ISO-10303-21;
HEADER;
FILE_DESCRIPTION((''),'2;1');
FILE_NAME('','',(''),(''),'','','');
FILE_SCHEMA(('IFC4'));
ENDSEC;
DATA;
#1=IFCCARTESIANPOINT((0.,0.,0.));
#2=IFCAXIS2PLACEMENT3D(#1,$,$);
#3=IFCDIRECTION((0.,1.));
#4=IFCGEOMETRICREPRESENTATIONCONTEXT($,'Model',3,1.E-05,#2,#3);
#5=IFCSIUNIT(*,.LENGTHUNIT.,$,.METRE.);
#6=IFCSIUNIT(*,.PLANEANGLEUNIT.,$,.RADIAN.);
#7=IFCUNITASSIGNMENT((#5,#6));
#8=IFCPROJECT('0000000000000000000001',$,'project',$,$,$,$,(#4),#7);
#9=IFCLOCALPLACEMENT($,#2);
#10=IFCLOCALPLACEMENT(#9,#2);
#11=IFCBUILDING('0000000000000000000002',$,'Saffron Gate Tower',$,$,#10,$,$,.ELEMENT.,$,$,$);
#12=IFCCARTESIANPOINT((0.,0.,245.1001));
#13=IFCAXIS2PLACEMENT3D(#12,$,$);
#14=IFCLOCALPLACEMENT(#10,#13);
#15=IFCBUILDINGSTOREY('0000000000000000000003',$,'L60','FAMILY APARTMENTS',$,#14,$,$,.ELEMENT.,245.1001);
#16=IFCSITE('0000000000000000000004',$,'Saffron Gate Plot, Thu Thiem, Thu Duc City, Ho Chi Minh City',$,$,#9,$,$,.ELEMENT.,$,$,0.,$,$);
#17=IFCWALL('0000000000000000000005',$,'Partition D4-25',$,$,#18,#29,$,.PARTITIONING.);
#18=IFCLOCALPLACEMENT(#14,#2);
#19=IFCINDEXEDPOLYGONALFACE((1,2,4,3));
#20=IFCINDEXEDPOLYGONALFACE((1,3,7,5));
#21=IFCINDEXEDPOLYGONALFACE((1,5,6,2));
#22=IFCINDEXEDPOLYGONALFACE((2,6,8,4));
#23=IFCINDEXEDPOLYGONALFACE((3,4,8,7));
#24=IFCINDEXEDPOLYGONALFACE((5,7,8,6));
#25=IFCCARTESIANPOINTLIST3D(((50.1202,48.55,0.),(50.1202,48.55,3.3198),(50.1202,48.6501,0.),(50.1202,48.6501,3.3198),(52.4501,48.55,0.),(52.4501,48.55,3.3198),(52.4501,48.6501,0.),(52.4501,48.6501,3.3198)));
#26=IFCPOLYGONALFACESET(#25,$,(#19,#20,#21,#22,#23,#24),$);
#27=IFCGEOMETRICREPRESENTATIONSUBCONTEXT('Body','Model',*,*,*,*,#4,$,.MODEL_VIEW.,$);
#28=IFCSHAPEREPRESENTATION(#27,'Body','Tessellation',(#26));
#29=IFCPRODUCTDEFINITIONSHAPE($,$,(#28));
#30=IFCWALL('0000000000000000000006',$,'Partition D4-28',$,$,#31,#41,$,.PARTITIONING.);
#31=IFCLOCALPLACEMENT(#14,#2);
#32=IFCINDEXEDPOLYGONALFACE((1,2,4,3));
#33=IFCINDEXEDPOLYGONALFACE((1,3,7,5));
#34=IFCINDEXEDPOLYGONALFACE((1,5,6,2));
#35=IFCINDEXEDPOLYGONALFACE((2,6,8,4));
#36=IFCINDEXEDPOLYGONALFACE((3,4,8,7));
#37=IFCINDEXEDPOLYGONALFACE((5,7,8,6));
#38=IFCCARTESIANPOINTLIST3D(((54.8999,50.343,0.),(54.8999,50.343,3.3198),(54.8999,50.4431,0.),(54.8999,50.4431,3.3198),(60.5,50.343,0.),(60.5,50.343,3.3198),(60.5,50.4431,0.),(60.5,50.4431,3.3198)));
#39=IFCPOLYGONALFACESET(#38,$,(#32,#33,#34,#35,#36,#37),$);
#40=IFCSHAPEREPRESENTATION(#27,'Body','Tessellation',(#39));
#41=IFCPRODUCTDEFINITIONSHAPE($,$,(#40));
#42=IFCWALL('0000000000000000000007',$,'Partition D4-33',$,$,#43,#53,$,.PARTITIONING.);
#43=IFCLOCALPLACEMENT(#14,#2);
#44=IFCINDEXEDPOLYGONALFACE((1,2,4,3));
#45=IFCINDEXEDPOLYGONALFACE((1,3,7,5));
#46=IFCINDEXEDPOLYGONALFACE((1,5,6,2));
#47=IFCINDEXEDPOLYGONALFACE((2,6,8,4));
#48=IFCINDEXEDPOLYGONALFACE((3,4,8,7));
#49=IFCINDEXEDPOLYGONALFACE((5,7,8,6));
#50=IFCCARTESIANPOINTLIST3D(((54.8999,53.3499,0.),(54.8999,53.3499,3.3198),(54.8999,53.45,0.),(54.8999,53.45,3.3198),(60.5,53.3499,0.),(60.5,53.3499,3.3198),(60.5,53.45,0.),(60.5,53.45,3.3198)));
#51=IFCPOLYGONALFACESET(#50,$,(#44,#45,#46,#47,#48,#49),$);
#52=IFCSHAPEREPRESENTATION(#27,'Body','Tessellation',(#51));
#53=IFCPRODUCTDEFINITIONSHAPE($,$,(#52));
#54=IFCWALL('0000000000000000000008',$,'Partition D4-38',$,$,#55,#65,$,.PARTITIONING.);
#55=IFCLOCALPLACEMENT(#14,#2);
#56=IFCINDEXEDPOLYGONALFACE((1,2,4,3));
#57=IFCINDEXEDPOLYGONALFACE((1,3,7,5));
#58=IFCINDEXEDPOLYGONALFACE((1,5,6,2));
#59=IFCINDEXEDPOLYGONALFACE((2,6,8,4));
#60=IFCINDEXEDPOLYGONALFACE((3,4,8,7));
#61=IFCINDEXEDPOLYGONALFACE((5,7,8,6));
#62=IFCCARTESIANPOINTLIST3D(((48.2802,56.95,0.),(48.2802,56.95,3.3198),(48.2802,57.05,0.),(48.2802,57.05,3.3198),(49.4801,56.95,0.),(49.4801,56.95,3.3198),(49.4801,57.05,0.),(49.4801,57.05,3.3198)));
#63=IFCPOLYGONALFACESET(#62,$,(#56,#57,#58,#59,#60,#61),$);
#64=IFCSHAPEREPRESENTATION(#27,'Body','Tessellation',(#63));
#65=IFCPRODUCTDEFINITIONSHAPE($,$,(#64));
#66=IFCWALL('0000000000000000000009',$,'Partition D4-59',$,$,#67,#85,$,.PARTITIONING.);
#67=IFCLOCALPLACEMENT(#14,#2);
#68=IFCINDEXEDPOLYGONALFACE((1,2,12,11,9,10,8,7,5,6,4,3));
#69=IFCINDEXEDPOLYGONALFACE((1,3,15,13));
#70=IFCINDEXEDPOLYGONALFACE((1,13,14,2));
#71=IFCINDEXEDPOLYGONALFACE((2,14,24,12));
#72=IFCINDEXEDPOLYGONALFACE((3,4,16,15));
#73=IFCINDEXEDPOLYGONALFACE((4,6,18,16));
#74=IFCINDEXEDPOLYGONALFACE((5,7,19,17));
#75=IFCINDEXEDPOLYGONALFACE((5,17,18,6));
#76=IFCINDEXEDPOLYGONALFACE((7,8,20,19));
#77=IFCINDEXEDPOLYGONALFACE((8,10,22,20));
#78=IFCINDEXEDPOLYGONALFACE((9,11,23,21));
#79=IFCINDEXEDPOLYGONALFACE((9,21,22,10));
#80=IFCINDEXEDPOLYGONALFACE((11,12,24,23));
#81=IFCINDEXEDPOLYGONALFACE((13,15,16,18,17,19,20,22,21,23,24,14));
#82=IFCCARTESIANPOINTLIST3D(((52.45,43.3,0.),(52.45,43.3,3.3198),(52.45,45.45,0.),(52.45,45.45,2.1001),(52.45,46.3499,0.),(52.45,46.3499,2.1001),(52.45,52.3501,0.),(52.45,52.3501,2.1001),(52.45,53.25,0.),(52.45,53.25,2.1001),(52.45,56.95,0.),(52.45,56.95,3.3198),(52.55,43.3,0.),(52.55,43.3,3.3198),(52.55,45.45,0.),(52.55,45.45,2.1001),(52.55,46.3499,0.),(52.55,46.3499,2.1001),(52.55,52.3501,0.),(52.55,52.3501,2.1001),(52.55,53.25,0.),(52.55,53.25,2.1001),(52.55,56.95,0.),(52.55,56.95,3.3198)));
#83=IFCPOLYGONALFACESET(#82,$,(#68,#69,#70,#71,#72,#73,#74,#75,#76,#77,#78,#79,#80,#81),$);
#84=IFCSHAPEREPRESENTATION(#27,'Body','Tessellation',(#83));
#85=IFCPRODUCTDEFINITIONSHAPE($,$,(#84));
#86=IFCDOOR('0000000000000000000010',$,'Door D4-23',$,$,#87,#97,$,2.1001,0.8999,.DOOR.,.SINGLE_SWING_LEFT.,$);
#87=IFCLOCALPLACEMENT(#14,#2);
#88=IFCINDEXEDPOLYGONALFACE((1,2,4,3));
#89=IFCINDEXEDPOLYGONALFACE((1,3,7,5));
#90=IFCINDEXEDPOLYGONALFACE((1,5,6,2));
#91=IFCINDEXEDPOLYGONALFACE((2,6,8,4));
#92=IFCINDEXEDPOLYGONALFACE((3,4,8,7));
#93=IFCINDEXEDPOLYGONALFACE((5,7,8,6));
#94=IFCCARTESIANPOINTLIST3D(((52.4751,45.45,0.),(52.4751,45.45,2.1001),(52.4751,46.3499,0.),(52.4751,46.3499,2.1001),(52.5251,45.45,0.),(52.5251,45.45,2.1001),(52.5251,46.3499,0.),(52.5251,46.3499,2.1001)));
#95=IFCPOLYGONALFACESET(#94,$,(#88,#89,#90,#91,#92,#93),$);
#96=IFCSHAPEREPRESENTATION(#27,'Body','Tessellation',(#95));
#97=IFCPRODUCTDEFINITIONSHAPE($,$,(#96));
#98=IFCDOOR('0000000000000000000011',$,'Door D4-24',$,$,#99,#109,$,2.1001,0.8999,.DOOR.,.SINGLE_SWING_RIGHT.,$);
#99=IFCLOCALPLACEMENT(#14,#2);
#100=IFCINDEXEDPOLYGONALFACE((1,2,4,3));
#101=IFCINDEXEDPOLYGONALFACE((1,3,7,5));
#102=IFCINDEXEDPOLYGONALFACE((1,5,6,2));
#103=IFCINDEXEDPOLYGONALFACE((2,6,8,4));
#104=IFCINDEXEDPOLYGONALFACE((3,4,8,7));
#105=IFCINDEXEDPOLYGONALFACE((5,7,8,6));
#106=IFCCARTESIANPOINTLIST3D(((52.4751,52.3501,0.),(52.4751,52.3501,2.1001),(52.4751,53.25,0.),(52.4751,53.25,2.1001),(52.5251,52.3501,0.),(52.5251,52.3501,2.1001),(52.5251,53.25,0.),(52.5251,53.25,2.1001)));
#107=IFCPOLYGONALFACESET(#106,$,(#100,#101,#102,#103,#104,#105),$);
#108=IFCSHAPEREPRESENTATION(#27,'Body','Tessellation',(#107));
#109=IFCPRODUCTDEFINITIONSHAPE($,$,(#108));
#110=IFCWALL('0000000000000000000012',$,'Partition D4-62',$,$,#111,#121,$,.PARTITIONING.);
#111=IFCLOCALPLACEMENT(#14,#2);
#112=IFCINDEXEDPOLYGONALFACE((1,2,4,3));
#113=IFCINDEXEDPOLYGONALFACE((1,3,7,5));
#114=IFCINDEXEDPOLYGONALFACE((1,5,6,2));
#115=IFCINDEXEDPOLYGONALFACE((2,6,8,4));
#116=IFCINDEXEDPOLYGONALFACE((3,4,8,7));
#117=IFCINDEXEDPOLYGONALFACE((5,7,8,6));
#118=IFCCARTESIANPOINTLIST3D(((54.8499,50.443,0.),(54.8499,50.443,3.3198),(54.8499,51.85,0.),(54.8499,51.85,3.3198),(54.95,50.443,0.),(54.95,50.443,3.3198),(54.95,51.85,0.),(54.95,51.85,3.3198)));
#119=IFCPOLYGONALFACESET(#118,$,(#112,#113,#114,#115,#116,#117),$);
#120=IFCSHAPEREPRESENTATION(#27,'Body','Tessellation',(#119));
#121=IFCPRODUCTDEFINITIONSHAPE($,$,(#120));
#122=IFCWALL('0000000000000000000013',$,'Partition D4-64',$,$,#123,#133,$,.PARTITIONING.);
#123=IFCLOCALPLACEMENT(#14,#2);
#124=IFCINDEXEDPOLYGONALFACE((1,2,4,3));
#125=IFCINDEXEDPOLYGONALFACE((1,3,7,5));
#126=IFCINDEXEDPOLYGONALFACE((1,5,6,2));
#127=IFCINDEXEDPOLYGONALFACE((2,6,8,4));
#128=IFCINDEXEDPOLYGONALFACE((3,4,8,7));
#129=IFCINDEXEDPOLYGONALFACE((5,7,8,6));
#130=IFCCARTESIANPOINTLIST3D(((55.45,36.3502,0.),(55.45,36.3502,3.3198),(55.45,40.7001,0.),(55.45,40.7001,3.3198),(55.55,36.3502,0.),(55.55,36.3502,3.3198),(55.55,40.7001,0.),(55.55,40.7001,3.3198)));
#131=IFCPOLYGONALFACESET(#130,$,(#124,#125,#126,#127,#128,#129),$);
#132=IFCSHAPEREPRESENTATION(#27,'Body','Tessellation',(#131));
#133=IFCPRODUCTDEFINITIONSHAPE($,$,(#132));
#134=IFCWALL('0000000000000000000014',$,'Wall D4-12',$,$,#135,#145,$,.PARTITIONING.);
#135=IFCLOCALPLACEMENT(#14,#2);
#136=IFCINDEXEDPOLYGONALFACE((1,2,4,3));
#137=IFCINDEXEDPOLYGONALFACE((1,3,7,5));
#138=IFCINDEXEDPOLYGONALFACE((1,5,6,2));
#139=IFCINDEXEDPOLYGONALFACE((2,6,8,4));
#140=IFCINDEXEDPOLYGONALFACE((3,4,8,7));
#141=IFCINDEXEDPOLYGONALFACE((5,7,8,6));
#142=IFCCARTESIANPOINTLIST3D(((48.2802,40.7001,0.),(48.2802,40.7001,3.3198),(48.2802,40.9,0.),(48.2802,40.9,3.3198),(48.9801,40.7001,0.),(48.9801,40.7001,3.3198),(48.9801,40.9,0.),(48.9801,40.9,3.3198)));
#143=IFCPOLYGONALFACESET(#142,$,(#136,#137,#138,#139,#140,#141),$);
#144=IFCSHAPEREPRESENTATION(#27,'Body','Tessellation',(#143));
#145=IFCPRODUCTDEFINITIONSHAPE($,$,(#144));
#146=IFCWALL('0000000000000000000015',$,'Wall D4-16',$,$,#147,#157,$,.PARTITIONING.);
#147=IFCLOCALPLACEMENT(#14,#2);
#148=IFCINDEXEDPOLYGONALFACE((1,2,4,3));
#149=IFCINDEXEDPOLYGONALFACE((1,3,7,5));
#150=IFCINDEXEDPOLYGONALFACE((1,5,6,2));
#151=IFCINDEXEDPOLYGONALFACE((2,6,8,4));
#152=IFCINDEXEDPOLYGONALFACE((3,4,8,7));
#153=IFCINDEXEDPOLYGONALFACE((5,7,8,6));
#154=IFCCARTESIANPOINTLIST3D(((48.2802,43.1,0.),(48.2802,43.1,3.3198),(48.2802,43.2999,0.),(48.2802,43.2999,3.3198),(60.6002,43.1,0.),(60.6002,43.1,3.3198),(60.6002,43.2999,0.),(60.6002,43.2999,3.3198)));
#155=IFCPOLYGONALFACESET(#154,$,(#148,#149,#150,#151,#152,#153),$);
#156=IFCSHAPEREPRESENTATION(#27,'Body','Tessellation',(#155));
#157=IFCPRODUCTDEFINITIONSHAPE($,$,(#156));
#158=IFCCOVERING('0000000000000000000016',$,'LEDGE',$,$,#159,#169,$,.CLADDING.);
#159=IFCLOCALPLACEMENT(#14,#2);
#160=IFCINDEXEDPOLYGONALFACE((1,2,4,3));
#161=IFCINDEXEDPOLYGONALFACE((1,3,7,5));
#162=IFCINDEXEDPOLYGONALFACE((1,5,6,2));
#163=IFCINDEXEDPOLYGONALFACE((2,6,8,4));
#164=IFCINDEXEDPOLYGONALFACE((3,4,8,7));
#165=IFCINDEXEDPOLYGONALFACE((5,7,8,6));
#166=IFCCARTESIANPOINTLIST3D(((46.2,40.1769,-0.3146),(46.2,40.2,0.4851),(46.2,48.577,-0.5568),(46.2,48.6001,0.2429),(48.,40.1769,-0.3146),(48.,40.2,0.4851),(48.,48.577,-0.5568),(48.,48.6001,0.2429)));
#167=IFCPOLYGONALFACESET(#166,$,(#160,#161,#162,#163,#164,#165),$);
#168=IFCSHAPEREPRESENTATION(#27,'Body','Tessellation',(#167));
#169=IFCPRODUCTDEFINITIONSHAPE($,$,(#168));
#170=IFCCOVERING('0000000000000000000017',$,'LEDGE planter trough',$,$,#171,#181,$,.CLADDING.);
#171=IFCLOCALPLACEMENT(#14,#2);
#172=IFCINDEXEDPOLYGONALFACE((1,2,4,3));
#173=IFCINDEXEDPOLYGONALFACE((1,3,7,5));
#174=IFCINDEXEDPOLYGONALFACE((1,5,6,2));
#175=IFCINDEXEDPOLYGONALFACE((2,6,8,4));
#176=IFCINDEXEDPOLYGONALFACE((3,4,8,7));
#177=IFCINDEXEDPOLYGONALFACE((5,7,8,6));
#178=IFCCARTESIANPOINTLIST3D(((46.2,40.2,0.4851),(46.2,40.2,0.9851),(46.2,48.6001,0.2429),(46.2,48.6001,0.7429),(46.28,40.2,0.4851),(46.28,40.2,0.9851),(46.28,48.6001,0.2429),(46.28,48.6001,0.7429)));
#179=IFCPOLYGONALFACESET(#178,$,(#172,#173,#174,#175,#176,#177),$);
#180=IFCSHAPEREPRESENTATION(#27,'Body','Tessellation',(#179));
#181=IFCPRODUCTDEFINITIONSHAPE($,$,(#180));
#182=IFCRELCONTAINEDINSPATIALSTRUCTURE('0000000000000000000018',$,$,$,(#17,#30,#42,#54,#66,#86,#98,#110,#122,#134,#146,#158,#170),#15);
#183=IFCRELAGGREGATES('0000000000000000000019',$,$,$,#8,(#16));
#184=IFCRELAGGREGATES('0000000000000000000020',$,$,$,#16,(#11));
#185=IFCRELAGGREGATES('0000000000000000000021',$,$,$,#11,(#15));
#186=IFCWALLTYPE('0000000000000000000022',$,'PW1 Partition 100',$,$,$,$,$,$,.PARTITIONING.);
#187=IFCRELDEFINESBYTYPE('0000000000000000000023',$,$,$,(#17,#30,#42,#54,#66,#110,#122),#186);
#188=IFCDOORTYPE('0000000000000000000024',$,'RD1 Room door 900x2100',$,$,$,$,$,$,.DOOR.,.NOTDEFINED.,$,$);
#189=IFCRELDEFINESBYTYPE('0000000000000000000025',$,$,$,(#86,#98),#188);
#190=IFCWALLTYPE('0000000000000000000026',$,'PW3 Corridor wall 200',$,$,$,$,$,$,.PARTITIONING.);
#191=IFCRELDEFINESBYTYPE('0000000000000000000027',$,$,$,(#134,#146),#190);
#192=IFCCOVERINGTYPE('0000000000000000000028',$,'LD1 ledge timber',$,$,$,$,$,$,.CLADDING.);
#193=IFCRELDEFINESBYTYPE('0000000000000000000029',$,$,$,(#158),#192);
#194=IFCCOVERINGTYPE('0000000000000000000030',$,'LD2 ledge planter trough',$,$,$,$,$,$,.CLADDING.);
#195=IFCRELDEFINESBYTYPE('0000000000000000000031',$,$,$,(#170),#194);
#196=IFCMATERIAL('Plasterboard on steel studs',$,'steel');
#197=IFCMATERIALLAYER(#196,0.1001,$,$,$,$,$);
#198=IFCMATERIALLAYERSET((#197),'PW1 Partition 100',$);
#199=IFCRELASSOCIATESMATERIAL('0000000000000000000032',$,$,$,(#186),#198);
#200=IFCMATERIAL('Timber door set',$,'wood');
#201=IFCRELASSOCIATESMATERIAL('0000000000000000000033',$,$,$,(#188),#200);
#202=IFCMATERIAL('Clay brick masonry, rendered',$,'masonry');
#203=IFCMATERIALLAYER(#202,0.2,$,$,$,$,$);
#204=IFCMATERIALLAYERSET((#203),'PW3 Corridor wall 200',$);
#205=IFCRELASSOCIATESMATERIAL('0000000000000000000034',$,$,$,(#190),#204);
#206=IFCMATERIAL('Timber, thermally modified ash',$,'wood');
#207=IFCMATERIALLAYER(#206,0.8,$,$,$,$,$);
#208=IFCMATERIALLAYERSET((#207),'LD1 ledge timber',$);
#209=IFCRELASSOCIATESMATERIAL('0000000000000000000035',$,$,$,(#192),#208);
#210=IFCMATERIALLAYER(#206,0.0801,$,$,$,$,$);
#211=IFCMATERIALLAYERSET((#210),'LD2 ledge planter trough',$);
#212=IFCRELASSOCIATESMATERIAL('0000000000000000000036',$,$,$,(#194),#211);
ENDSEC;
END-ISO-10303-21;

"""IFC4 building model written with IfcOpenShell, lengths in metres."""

from ifc_helpers import new_model, si_unit, direction, frame, frame_2d, origin, place, context, subcontext, project, spatial, polyline, rectangle, outline, extrude, material, layer, layer_set, type_object, element, fill, save


model = new_model("IFC4")

# Units and contexts
model_context = context("Model", 3, precision=1e-05, world=origin(), true_north=direction((0.0, 1.0)))
body_context = subcontext(model_context, "Body", "Model", "MODEL_VIEW")
ifc_project = project(units=[si_unit("LENGTHUNIT", "METRE"), si_unit("PLANEANGLEUNIT", "RADIAN")], contexts=[model_context])

# Site, building, storey
site_placement = place(None, origin())
site = spatial("IfcSite", under=ifc_project, at=site_placement, Name="Saffron Gate Plot, Thu Thiem, Thu Duc City, Ho Chi Minh City", CompositionType="ELEMENT", RefElevation=0.0)
building_placement = place(site_placement, origin())
building = spatial("IfcBuilding", under=site, at=building_placement, Name="Saffron Gate Tower", CompositionType="ELEMENT")
storey_placement = place(building_placement, frame((0.0, 0.0, 245.1001)))
storey = spatial("IfcBuildingStorey", under=building, at=storey_placement, Name="L60", Description="FAMILY APARTMENTS", CompositionType="ELEMENT", Elevation=245.1001)

# Walls
ifc_material_1 = material(Name="Plasterboard on steel studs", Category="steel")
ifc_layer_1 = layer(ifc_material_1, 0.1001)
ifc_layer_set_1 = layer_set([ifc_layer_1], Name="PW1 Partition 100")
wall_type_1 = type_object("IfcWallType", Name="PW1 Partition 100", PredefinedType="PARTITIONING", material=ifc_layer_set_1)
wall_1_placement = place(storey_placement, frame((50.1201, 48.6001, 0.0), z_axis=(0.0, 0.0, 1.0), x_axis=(1.0, 0.0, 0.0)))
element("IfcWall", 1, at=wall_1_placement, inside=storey, type_object=wall_type_1, Name="Partition D4-25", PredefinedType="PARTITIONING", context=body_context, shape_type="SweptSolid", body=[
    extrude(rectangle(XDim=2.3298, YDim=0.1001, at=frame_2d((1.165, 0.0))), origin(), (0.0, 0.0, 1.0), 3.3198),
])
for number, where, z_axis, x_axis, name in (
    (2, (54.8999, 50.3931, 0.0), (0.0, 0.0, 1.0), (1.0, 0.0, 0.0), "Partition D4-28"),
    (3, (54.8999, 53.3999, 0.0), (0.0, 0.0, 1.0), (1.0, 0.0, 0.0), "Partition D4-33"),
):
    element("IfcWall", number, at=place(storey_placement, frame(where, z_axis=z_axis, x_axis=x_axis)), inside=storey, type_object=wall_type_1, Name=name, PredefinedType="PARTITIONING", context=body_context, shape_type="SweptSolid", body=[
        extrude(rectangle(XDim=5.6001, YDim=0.1001, at=frame_2d((2.8, 0.0))), origin(), (0.0, 0.0, 1.0), 3.3198),
    ])
wall_2_placement = place(storey_placement, frame((48.28, 57.0, 0.0), z_axis=(0.0, 0.0, 1.0), x_axis=(1.0, 0.0, 0.0)))
element("IfcWall", 4, at=wall_2_placement, inside=storey, type_object=wall_type_1, Name="Partition D4-38", PredefinedType="PARTITIONING", context=body_context, shape_type="SweptSolid", body=[
    extrude(rectangle(XDim=1.2, YDim=0.1001, at=frame_2d((0.6001, 0.0))), origin(), (0.0, 0.0, 1.0), 3.3198),
])

# Wall, openings, doors
wall_3_placement = place(storey_placement, frame((52.5, 43.3, 0.0), z_axis=(0.0, 0.0, 1.0), x_axis=(0.0, 1.0, 0.0)))
wall_3 = element("IfcWall", 5, at=wall_3_placement, inside=storey, type_object=wall_type_1, Name="Partition D4-59", PredefinedType="PARTITIONING", context=body_context, shape_type="SweptSolid", body=[
    extrude(rectangle(XDim=13.6499, YDim=0.1001, at=frame_2d((6.825, 0.0))), origin(), (0.0, 0.0, 1.0), 3.3198),
])
opening_1_placement = place(wall_3_placement, frame((2.1499, 0.0, 0.0)))
opening_1 = element("IfcOpeningElement", 6, at=opening_1_placement, cuts=wall_3, PredefinedType="OPENING", context=body_context, shape_type="SweptSolid", body=[
    extrude(rectangle(XDim=0.8999, YDim=2.1001, at=frame_2d((0.45, 1.05))), frame((0.0, 0.0601, 0.0), z_axis=(0.0, -1.0, 0.0), x_axis=(1.0, 0.0, 0.0)), (0.0, 0.0, 1.0), 0.1201),
])
opening_2_placement = place(wall_3_placement, frame((9.05, 0.0, 0.0)))
opening_2 = element("IfcOpeningElement", 7, at=opening_2_placement, cuts=wall_3, PredefinedType="OPENING", context=body_context, shape_type="SweptSolid", body=[
    extrude(rectangle(XDim=0.8999, YDim=2.1001, at=frame_2d((0.45, 1.05))), frame((0.0, 0.0601, 0.0), z_axis=(0.0, -1.0, 0.0), x_axis=(1.0, 0.0, 0.0)), (0.0, 0.0, 1.0), 0.1201),
])
ifc_material_2 = material(Name="Timber door set", Category="wood")
door_type = type_object("IfcDoorType", Name="RD1 Room door 900x2100", OperationType="NOTDEFINED", PredefinedType="DOOR", material=ifc_material_2)
door_1_placement = place(opening_1_placement, origin())
door_1 = element("IfcDoor", 8, at=door_1_placement, inside=storey, type_object=door_type, Name="Door D4-23", OperationType="SINGLE_SWING_LEFT", OverallHeight=2.1001, OverallWidth=0.8999, PredefinedType="DOOR", context=body_context, shape_type="SweptSolid", body=[
    extrude(rectangle(XDim=0.8999, YDim=2.1001, at=frame_2d((0.45, 1.05))), frame((0.0, 0.0249, 0.0), z_axis=(0.0, -1.0, 0.0), x_axis=(1.0, 0.0, 0.0)), (0.0, 0.0, 1.0), 0.05),
])
fill(opening_1, door_1)
door_2_placement = place(opening_2_placement, origin())
door_2 = element("IfcDoor", 9, at=door_2_placement, inside=storey, type_object=door_type, Name="Door D4-24", OperationType="SINGLE_SWING_RIGHT", OverallHeight=2.1001, OverallWidth=0.8999, PredefinedType="DOOR", context=body_context, shape_type="SweptSolid", body=[
    extrude(rectangle(XDim=0.8999, YDim=2.1001, at=frame_2d((0.45, 1.05))), frame((0.0, 0.0249, 0.0), z_axis=(0.0, -1.0, 0.0), x_axis=(1.0, 0.0, 0.0)), (0.0, 0.0, 1.0), 0.05),
])
fill(opening_2, door_2)

# Walls
wall_4_placement = place(storey_placement, frame((54.8999, 51.8501, 0.0), z_axis=(0.0, 0.0, 1.0), x_axis=(0.0, -1.0, 0.0)))
element("IfcWall", 10, at=wall_4_placement, inside=storey, type_object=wall_type_1, Name="Partition D4-62", PredefinedType="PARTITIONING", context=body_context, shape_type="SweptSolid", body=[
    extrude(rectangle(XDim=1.407, YDim=0.1001, at=frame_2d((0.7036, 0.0))), origin(), (0.0, 0.0, 1.0), 3.3198),
])
wall_5_placement = place(storey_placement, frame((55.5, 40.7, 0.0), z_axis=(0.0, 0.0, 1.0), x_axis=(0.0, -1.0, 0.0)))
element("IfcWall", 11, at=wall_5_placement, inside=storey, type_object=wall_type_1, Name="Partition D4-64", PredefinedType="PARTITIONING", context=body_context, shape_type="SweptSolid", body=[
    extrude(rectangle(XDim=4.3499, YDim=0.1001, at=frame_2d((2.1748, 0.0))), origin(), (0.0, 0.0, 1.0), 3.3198),
])
ifc_material_3 = material(Name="Clay brick masonry, rendered", Category="masonry")
ifc_layer_2 = layer(ifc_material_3, 0.2)
ifc_layer_set_2 = layer_set([ifc_layer_2], Name="PW3 Corridor wall 200")
wall_type_2 = type_object("IfcWallType", Name="PW3 Corridor wall 200", PredefinedType="PARTITIONING", material=ifc_layer_set_2)
wall_6_placement = place(storey_placement, frame((48.28, 40.8, 0.0), z_axis=(0.0, 0.0, 1.0), x_axis=(1.0, 0.0, 0.0)))
element("IfcWall", 12, at=wall_6_placement, inside=storey, type_object=wall_type_2, Name="Wall D4-12", PredefinedType="PARTITIONING", context=body_context, shape_type="SweptSolid", body=[
    extrude(rectangle(XDim=0.7, YDim=0.2, at=frame_2d((0.3501, 0.0))), origin(), (0.0, 0.0, 1.0), 3.3198),
])
wall_7_placement = place(storey_placement, frame((48.28, 43.2, 0.0), z_axis=(0.0, 0.0, 1.0), x_axis=(1.0, 0.0, 0.0)))
element("IfcWall", 13, at=wall_7_placement, inside=storey, type_object=wall_type_2, Name="Wall D4-16", PredefinedType="PARTITIONING", context=body_context, shape_type="SweptSolid", body=[
    extrude(rectangle(XDim=12.3201, YDim=0.2, at=frame_2d((6.1602, 0.0))), origin(), (0.0, 0.0, 1.0), 3.3198),
])

# Coverings
ifc_material_4 = material(Name="Timber, thermally modified ash", Category="wood")
ifc_layer_3 = layer(ifc_material_4, 0.8)
ifc_layer_set_3 = layer_set([ifc_layer_3], Name="LD1 ledge timber")
covering_type_1 = type_object("IfcCoveringType", Name="LD1 ledge timber", PredefinedType="CLADDING", material=ifc_layer_set_3)
covering_1_placement = place(storey_placement, frame((48.0, 48.6001, 0.2429), z_axis=(0.0, 0.028819, 0.999585), x_axis=(0.0, -0.999585, 0.028819)))
element("IfcCovering", 14, at=covering_1_placement, inside=storey, type_object=covering_type_1, Name="LEDGE", PredefinedType="CLADDING", context=body_context, shape_type="SweptSolid", body=[
    extrude(outline(polyline([(0.0, 0.0), (8.4036, 0.0), (8.4036, -1.8), (0.0, -1.8), (0.0, 0.0)])), origin(), (0.0, 0.0, -1.0), 0.8),
])
ifc_layer_4 = layer(ifc_material_4, 0.0801)
ifc_layer_set_4 = layer_set([ifc_layer_4], Name="LD2 ledge planter trough")
covering_type_2 = type_object("IfcCoveringType", Name="LD2 ledge planter trough", PredefinedType="CLADDING", material=ifc_layer_set_4)
covering_2_placement = place(storey_placement, frame((46.2, 48.6001, 0.2429), z_axis=(-1.0, 0.0, 0.0), x_axis=(0.0, -0.999585, 0.028819)))
element("IfcCovering", 15, at=covering_2_placement, inside=storey, type_object=covering_type_2, Name="LEDGE planter trough", PredefinedType="CLADDING", context=body_context, shape_type="SweptSolid", body=[
    extrude(outline(polyline([(0.0, 0.0), (8.4036, 0.0), (8.418, 0.4998), (0.0144, 0.4998), (0.0, 0.0)])), origin(), (0.0, 0.0, -1.0), 0.0801),
])

save(model, "model.ifc")
